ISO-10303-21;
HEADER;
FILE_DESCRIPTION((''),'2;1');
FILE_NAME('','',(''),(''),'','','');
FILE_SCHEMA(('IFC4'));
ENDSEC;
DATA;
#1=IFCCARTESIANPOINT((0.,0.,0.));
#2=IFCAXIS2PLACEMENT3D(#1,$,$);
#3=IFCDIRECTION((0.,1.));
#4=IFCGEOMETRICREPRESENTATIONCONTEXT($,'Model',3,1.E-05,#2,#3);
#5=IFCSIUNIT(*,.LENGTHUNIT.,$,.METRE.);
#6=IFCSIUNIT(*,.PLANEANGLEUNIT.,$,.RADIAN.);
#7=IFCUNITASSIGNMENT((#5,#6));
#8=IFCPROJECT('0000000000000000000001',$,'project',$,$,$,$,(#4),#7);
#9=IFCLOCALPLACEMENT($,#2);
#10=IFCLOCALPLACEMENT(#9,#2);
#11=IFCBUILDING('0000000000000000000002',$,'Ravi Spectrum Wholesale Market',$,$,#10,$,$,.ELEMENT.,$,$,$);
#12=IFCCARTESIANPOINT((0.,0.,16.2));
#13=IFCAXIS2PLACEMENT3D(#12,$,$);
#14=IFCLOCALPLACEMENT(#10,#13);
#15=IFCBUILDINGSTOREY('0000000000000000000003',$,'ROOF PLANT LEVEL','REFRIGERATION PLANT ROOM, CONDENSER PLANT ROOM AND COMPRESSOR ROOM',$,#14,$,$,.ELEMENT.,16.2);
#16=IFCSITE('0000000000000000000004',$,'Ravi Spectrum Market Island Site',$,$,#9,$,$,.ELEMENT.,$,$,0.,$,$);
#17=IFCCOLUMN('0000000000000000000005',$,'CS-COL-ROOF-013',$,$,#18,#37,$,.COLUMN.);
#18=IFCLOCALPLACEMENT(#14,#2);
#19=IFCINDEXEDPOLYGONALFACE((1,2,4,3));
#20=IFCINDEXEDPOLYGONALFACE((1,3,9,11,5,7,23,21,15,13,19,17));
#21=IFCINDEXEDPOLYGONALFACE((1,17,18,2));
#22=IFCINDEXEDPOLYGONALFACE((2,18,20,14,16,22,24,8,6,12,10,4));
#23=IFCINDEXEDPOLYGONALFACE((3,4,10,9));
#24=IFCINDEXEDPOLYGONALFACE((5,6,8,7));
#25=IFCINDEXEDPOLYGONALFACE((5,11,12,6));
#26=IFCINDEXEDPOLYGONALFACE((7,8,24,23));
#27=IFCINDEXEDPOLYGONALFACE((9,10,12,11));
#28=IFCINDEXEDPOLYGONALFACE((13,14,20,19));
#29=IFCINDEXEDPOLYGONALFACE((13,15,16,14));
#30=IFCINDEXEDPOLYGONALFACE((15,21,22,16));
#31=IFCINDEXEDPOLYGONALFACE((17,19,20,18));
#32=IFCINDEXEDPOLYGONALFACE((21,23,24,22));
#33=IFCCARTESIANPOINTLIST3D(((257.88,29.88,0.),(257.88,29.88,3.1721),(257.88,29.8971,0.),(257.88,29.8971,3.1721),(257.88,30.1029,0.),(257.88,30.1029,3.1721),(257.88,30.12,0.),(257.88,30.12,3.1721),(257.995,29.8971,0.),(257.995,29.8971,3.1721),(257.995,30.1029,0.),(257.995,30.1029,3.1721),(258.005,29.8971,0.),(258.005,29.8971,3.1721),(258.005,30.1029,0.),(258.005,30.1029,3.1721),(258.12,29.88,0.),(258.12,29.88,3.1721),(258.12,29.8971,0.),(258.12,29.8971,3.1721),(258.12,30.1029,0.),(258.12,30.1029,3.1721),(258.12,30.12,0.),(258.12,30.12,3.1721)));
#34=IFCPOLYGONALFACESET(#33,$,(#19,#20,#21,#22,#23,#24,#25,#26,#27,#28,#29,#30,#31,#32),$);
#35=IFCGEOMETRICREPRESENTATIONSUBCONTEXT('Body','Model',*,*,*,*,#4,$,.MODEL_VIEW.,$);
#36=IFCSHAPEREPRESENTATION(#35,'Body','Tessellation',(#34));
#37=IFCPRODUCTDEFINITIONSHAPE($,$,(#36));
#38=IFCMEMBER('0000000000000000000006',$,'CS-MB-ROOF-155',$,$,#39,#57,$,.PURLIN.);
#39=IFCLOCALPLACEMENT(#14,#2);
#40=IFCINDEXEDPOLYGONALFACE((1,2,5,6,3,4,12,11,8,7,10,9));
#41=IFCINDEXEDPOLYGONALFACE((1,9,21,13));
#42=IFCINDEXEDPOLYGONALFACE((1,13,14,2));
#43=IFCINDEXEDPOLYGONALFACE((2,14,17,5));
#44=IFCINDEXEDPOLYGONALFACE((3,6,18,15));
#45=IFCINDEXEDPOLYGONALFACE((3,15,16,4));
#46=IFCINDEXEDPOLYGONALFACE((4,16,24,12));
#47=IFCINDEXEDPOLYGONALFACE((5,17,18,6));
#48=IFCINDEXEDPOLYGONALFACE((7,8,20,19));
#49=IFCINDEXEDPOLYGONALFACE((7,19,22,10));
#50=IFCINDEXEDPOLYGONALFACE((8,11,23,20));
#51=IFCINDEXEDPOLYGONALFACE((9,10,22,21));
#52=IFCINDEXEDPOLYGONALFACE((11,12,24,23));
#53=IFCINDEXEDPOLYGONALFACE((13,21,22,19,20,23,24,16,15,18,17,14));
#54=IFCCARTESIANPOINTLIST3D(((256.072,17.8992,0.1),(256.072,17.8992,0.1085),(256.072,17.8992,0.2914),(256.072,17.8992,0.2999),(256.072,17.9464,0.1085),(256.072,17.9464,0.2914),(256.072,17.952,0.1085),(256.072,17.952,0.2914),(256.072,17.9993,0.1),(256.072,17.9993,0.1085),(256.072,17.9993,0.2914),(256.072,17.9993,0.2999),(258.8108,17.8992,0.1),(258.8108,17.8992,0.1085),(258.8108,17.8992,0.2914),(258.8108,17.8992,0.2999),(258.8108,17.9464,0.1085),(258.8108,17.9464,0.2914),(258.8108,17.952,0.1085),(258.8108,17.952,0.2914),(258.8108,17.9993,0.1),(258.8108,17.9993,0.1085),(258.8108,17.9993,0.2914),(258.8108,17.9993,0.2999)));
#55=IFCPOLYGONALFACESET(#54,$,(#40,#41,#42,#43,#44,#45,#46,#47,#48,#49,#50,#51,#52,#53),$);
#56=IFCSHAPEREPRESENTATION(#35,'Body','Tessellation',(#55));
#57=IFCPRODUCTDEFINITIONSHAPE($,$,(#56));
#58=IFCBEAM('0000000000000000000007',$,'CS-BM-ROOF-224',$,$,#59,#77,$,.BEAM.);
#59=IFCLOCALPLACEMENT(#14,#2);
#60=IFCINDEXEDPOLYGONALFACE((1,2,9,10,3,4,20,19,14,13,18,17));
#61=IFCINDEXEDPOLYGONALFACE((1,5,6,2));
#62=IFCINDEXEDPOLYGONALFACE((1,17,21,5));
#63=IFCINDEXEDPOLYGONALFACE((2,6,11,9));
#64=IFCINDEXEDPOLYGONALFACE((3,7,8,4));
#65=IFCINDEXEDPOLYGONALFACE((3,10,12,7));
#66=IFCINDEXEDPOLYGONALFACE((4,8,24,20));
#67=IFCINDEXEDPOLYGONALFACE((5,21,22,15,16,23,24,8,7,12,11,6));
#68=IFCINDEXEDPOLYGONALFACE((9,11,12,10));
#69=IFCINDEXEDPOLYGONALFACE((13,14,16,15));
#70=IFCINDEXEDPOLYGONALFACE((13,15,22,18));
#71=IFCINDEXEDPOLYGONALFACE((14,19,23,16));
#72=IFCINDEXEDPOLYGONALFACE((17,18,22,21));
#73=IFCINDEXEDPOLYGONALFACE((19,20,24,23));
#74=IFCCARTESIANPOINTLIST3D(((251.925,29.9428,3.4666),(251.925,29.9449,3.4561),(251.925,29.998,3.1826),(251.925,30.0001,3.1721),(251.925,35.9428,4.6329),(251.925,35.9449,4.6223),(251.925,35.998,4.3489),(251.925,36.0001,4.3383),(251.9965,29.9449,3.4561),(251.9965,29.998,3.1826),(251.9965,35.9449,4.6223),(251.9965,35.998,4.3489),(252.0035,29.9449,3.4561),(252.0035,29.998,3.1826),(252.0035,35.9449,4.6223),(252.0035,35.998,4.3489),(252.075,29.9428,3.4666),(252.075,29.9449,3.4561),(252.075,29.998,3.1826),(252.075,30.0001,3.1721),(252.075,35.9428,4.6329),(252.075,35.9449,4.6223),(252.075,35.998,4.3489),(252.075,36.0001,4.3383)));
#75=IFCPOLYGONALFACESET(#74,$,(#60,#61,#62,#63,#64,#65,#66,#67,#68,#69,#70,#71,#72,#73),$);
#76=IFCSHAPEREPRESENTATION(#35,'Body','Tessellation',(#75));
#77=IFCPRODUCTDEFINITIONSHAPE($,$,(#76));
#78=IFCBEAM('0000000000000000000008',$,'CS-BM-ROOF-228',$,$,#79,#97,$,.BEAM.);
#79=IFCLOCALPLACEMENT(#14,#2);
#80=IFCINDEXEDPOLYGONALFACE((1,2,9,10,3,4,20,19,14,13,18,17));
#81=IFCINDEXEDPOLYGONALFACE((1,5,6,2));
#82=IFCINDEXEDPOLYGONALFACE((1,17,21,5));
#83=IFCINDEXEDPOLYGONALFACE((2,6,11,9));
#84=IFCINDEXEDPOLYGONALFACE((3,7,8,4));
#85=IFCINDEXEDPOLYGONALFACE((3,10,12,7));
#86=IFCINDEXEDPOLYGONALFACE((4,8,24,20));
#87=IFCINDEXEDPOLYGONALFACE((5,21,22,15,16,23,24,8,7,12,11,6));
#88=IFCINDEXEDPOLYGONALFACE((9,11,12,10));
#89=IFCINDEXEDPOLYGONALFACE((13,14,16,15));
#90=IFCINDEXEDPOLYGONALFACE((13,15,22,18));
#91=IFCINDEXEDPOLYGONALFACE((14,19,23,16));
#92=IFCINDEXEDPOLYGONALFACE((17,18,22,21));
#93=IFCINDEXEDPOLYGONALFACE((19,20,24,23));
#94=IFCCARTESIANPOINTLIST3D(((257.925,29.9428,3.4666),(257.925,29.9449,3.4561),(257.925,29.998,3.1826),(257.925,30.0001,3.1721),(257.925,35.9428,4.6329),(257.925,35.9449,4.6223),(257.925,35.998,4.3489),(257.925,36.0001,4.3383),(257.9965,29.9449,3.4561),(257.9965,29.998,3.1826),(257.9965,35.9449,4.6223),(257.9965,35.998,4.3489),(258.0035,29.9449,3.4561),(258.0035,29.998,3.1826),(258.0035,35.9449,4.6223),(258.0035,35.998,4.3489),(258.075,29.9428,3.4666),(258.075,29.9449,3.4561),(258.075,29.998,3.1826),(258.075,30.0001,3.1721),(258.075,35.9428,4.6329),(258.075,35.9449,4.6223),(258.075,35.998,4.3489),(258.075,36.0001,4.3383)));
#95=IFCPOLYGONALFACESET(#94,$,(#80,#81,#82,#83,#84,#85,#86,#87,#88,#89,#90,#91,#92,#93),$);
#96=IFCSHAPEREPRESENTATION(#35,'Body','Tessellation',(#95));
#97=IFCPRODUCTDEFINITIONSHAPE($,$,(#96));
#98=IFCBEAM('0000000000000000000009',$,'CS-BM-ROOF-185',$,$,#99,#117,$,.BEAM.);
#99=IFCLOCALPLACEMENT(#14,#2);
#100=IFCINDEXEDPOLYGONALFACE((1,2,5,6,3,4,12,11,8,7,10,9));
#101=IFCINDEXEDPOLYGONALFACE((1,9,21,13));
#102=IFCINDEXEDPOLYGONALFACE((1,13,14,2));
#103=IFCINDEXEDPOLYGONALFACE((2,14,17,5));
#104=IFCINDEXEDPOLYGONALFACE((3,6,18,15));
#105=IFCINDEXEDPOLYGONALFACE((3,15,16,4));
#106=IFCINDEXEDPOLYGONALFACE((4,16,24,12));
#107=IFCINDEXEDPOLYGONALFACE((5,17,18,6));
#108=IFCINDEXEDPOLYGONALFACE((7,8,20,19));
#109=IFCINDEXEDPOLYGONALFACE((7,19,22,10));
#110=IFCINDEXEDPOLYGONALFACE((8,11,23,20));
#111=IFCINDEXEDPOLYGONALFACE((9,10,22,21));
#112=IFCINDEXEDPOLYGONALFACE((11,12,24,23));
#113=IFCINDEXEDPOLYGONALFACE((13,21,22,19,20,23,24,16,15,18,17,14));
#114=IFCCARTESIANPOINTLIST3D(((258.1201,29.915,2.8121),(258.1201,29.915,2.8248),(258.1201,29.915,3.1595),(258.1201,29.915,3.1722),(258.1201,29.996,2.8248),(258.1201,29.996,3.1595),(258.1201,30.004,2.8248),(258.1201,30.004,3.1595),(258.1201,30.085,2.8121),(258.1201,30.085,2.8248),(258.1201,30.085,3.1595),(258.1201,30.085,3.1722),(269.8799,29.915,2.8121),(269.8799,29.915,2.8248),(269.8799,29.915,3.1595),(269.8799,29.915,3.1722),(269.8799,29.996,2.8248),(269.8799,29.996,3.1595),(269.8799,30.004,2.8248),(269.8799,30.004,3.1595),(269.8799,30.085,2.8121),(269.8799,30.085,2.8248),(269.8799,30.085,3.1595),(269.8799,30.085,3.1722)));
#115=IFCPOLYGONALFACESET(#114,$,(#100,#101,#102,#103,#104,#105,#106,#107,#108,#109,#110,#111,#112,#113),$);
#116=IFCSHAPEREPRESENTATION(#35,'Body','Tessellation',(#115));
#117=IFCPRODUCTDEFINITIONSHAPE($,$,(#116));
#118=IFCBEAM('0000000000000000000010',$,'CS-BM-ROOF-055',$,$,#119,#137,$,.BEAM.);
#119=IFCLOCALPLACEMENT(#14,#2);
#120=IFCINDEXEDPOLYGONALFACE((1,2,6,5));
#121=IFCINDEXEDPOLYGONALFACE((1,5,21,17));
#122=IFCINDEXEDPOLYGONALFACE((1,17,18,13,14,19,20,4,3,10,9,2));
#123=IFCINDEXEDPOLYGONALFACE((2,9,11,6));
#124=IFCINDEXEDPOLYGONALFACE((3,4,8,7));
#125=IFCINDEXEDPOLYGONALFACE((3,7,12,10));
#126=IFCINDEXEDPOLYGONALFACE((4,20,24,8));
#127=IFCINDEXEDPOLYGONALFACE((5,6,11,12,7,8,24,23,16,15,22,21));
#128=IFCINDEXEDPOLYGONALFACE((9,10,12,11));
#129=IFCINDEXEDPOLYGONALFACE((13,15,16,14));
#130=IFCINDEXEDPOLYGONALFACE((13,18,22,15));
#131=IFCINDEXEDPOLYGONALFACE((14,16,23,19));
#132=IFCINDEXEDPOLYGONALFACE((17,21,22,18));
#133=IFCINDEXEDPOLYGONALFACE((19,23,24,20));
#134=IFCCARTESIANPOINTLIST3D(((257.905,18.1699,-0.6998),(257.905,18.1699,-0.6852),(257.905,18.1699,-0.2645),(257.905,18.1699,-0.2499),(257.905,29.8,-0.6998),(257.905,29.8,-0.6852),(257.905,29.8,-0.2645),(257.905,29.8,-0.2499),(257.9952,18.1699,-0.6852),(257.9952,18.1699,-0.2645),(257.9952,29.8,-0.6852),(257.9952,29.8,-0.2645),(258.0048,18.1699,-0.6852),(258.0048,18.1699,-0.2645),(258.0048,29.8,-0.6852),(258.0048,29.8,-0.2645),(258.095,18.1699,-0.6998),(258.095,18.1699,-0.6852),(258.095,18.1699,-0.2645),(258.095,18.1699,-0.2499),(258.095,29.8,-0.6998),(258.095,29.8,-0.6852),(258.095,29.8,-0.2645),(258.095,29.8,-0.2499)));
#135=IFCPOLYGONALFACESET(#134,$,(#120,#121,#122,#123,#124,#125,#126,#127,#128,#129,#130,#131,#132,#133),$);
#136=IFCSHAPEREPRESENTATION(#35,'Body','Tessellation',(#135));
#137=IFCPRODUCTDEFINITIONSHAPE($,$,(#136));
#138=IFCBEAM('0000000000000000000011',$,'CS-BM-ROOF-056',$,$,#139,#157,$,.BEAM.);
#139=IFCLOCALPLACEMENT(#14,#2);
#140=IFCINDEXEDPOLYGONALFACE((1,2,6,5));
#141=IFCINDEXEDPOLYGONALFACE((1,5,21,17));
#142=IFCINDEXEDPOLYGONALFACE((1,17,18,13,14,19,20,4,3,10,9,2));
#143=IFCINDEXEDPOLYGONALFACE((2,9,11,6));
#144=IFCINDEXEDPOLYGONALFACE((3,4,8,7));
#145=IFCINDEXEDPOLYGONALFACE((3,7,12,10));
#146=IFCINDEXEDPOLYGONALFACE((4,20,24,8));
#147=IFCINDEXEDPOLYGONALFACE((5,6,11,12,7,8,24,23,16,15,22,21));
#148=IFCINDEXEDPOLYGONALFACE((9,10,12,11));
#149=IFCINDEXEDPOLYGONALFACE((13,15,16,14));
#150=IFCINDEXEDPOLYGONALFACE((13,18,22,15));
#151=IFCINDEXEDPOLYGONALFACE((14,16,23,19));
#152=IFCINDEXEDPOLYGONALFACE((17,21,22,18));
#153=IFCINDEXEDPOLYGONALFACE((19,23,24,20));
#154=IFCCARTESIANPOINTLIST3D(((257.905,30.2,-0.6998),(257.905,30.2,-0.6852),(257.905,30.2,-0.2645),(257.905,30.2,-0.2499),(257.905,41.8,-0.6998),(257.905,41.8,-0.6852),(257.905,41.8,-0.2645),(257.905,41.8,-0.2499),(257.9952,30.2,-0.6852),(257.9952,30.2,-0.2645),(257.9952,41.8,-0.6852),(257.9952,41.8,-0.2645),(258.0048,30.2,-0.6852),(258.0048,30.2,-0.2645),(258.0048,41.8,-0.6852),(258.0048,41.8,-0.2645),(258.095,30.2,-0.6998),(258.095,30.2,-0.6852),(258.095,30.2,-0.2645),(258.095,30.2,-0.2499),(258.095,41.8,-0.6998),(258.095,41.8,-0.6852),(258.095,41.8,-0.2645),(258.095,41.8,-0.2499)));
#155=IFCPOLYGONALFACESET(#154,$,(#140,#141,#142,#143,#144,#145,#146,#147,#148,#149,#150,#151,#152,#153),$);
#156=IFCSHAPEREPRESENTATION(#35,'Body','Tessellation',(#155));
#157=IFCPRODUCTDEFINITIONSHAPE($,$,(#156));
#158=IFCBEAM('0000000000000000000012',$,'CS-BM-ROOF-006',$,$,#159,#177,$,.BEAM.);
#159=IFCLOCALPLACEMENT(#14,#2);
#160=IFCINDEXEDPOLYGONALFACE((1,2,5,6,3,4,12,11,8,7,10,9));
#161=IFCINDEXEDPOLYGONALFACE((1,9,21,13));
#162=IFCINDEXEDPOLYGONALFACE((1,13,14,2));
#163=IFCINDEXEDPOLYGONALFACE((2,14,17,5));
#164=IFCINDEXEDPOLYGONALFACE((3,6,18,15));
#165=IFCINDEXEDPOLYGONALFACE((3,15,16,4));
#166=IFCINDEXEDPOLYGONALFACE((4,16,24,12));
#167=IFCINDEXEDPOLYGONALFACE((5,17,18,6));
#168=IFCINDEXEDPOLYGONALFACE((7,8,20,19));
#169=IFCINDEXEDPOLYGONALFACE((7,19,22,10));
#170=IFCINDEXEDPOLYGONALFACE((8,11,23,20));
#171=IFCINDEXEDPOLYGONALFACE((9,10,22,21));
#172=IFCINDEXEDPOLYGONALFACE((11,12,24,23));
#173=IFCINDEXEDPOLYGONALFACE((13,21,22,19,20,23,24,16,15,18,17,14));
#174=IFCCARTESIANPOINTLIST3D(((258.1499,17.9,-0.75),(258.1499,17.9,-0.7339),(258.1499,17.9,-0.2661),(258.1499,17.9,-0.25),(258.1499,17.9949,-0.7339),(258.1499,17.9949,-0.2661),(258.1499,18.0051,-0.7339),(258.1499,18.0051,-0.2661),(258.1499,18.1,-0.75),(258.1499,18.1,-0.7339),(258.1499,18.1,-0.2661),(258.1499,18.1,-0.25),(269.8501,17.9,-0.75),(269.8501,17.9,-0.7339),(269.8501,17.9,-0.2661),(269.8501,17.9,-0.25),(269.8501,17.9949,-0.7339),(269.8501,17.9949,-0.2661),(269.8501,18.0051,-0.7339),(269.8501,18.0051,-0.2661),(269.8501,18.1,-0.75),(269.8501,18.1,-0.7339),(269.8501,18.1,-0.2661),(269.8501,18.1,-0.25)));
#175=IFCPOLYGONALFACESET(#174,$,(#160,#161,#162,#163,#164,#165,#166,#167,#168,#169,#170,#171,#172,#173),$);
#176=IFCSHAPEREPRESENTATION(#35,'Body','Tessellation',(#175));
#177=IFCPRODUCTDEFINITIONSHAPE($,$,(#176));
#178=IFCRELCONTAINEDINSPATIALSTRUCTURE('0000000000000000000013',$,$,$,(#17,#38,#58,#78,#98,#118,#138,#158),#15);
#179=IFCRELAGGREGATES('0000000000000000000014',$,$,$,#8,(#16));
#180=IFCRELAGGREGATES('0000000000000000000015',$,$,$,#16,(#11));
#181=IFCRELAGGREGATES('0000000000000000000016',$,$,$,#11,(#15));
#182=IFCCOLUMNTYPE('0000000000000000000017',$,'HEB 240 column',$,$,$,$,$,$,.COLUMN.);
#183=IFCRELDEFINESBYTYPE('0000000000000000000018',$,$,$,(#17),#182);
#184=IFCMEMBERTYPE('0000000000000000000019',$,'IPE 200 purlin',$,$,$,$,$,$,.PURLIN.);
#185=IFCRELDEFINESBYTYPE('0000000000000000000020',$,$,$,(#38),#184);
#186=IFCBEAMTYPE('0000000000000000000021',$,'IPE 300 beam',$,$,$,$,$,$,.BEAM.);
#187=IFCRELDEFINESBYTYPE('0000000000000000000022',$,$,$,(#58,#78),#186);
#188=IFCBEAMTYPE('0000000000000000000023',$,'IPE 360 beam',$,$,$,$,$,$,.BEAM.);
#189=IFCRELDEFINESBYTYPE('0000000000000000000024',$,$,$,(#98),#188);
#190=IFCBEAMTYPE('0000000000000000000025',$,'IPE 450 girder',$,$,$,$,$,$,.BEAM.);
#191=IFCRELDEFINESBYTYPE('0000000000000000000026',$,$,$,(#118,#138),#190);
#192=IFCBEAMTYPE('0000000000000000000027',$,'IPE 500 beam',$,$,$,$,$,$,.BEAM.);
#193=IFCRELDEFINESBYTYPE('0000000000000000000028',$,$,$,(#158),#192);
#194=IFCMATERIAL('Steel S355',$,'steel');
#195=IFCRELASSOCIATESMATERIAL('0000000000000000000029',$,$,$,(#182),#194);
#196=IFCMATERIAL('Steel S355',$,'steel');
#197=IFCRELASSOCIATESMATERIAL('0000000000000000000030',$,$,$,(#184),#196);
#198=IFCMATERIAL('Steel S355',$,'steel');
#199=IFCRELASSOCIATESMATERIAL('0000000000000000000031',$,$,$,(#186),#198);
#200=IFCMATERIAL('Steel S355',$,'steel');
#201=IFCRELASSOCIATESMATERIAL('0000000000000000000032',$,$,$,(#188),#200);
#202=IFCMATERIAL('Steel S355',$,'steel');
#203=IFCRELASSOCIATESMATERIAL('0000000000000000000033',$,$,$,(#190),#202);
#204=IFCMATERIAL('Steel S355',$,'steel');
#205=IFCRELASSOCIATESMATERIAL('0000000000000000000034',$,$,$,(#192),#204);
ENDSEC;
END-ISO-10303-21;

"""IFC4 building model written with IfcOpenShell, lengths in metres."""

from ifc_helpers import new_model, si_unit, direction, frame, origin, origin_2d, place, context, subcontext, project, spatial, i_section, extrude, material, material_profile, profile_set, type_object, element, save


model = new_model("IFC4")

# Units and contexts
model_context = context("Model", 3, precision=1e-05, world=origin(), true_north=direction((0.0, 1.0)))
body_context = subcontext(model_context, "Body", "Model", "MODEL_VIEW")
ifc_project = project(units=[si_unit("LENGTHUNIT", "METRE"), si_unit("PLANEANGLEUNIT", "RADIAN")], contexts=[model_context])

# Site, building, storey
site_placement = place(None, origin())
site = spatial("IfcSite", under=ifc_project, at=site_placement, Name="Ravi Spectrum Market Island Site", CompositionType="ELEMENT", RefElevation=0.0)
building_placement = place(site_placement, origin())
building = spatial("IfcBuilding", under=site, at=building_placement, Name="Ravi Spectrum Wholesale Market", CompositionType="ELEMENT")
storey_placement = place(building_placement, frame((0.0, 0.0, 16.2)))
storey = spatial("IfcBuildingStorey", under=building, at=storey_placement, Name="ROOF PLANT LEVEL", Description="REFRIGERATION PLANT ROOM, CONDENSER PLANT ROOM AND COMPRESSOR ROOM", CompositionType="ELEMENT", Elevation=16.2)

# Column
ifc_material_1 = material(Name="Steel S355", Category="steel")
ifc_material_profile_1 = material_profile(ifc_material_1, i_section(OverallWidth=0.24, OverallDepth=0.24, WebThickness=0.01, FlangeThickness=0.0171, at=origin_2d()))
ifc_profile_set_1 = profile_set([ifc_material_profile_1], Name="Steel S355")
column_type = type_object("IfcColumnType", Name="HEB 240 column", PredefinedType="COLUMN", material=ifc_profile_set_1)
column_placement = place(storey_placement, frame((258.0, 30.0, 0.0), z_axis=(0.0, 0.0, 1.0), x_axis=(1.0, 0.0, 0.0)))
element("IfcColumn", 1, at=column_placement, inside=storey, type_object=column_type, Name="CS-COL-ROOF-013", PredefinedType="COLUMN", context=body_context, shape_type="SweptSolid", body=[
    extrude(i_section(OverallWidth=0.24, OverallDepth=0.24, WebThickness=0.01, FlangeThickness=0.0171, at=origin_2d()), origin(), (0.0, 0.0, 1.0), 3.1721),
])

# Member
ifc_material_2 = material(Name="Steel S355", Category="steel")
ifc_material_profile_2 = material_profile(ifc_material_2, i_section(OverallWidth=0.1001, OverallDepth=0.2, WebThickness=0.0056, FlangeThickness=0.0085, at=origin_2d()))
ifc_profile_set_2 = profile_set([ifc_material_profile_2], Name="Steel S355")
member_type = type_object("IfcMemberType", Name="IPE 200 purlin", PredefinedType="PURLIN", material=ifc_profile_set_2)
member_placement = place(storey_placement, frame((256.072, 17.9492, 0.2), z_axis=(1.0, 0.0, 0.0), x_axis=(0.0, 1.0, 0.0)))
element("IfcMember", 2, at=member_placement, inside=storey, type_object=member_type, Name="CS-MB-ROOF-155", PredefinedType="PURLIN", context=body_context, shape_type="SweptSolid", body=[
    extrude(i_section(OverallWidth=0.1001, OverallDepth=0.2, WebThickness=0.0056, FlangeThickness=0.0085, at=origin_2d()), origin(), (0.0, 0.0, 1.0), 2.7388),
])

# Beams
ifc_material_3 = material(Name="Steel S355", Category="steel")
ifc_material_profile_3 = material_profile(ifc_material_3, i_section(OverallWidth=0.1499, OverallDepth=0.3, WebThickness=0.0071, FlangeThickness=0.0107, at=origin_2d()))
ifc_profile_set_3 = profile_set([ifc_material_profile_3], Name="Steel S355")
beam_type_1 = type_object("IfcBeamType", Name="IPE 300 beam", PredefinedType="BEAM", material=ifc_profile_set_3)
for number, where, z_axis, x_axis, name in (
    (3, (252.0, 29.9714, 3.3193), (0.0, 0.981628, 0.190806), (-1.0, 0.0, 0.0), "CS-BM-ROOF-224"),
    (4, (258.0, 29.9714, 3.3193), (0.0, 0.981628, 0.190806), (-1.0, 0.0, 0.0), "CS-BM-ROOF-228"),
):
    element("IfcBeam", number, at=place(storey_placement, frame(where, z_axis=z_axis, x_axis=x_axis)), inside=storey, type_object=beam_type_1, Name=name, PredefinedType="BEAM", context=body_context, shape_type="SweptSolid", body=[
        extrude(i_section(OverallWidth=0.1499, OverallDepth=0.3, WebThickness=0.0071, FlangeThickness=0.0107, at=origin_2d()), origin(), (0.0, 0.0, 1.0), 6.1123),
    ])
ifc_material_4 = material(Name="Steel S355", Category="steel")
ifc_material_profile_4 = material_profile(ifc_material_4, i_section(OverallWidth=0.1699, OverallDepth=0.3601, WebThickness=0.0081, FlangeThickness=0.0127, at=origin_2d()))
ifc_profile_set_4 = profile_set([ifc_material_profile_4], Name="Steel S355")
beam_type_2 = type_object("IfcBeamType", Name="IPE 360 beam", PredefinedType="BEAM", material=ifc_profile_set_4)
beam_1_placement = place(storey_placement, frame((258.1201, 30.0, 2.9922), z_axis=(1.0, 0.0, 0.0), x_axis=(0.0, 1.0, 0.0)))
element("IfcBeam", 5, at=beam_1_placement, inside=storey, type_object=beam_type_2, Name="CS-BM-ROOF-185", PredefinedType="BEAM", context=body_context, shape_type="SweptSolid", body=[
    extrude(i_section(OverallWidth=0.1699, OverallDepth=0.3601, WebThickness=0.0081, FlangeThickness=0.0127, at=origin_2d()), origin(), (0.0, 0.0, 1.0), 11.7598),
])
ifc_material_5 = material(Name="Steel S355", Category="steel")
ifc_material_profile_5 = material_profile(ifc_material_5, i_section(OverallWidth=0.1899, OverallDepth=0.45, WebThickness=0.0095, FlangeThickness=0.0146, at=origin_2d()))
ifc_profile_set_5 = profile_set([ifc_material_profile_5], Name="Steel S355")
beam_type_3 = type_object("IfcBeamType", Name="IPE 450 girder", PredefinedType="BEAM", material=ifc_profile_set_5)
beam_2_placement = place(storey_placement, frame((258.0, 18.1699, -0.4749), z_axis=(0.0, 1.0, 0.0), x_axis=(-1.0, 0.0, 0.0)))
element("IfcBeam", 6, at=beam_2_placement, inside=storey, type_object=beam_type_3, Name="CS-BM-ROOF-055", PredefinedType="BEAM", context=body_context, shape_type="SweptSolid", body=[
    extrude(i_section(OverallWidth=0.1899, OverallDepth=0.45, WebThickness=0.0095, FlangeThickness=0.0146, at=origin_2d()), origin(), (0.0, 0.0, 1.0), 11.6301),
])
beam_3_placement = place(storey_placement, frame((258.0, 30.2, -0.4749), z_axis=(0.0, 1.0, 0.0), x_axis=(-1.0, 0.0, 0.0)))
element("IfcBeam", 7, at=beam_3_placement, inside=storey, type_object=beam_type_3, Name="CS-BM-ROOF-056", PredefinedType="BEAM", context=body_context, shape_type="SweptSolid", body=[
    extrude(i_section(OverallWidth=0.1899, OverallDepth=0.45, WebThickness=0.0095, FlangeThickness=0.0146, at=origin_2d()), origin(), (0.0, 0.0, 1.0), 11.6001),
])
ifc_material_6 = material(Name="Steel S355", Category="steel")
ifc_material_profile_6 = material_profile(ifc_material_6, i_section(OverallWidth=0.2, OverallDepth=0.5, WebThickness=0.0103, FlangeThickness=0.0161, at=origin_2d()))
ifc_profile_set_6 = profile_set([ifc_material_profile_6], Name="Steel S355")
beam_type_4 = type_object("IfcBeamType", Name="IPE 500 beam", PredefinedType="BEAM", material=ifc_profile_set_6)
for number, where, z_axis, x_axis, name in (
    (8, (258.1499, 18.0, -0.5), (1.0, 0.0, 0.0), (0.0, 1.0, 0.0), "CS-BM-ROOF-006"),
):
    element("IfcBeam", number, at=place(storey_placement, frame(where, z_axis=z_axis, x_axis=x_axis)), inside=storey, type_object=beam_type_4, Name=name, PredefinedType="BEAM", context=body_context, shape_type="SweptSolid", body=[
        extrude(i_section(OverallWidth=0.2, OverallDepth=0.5, WebThickness=0.0103, FlangeThickness=0.0161, at=origin_2d()), origin(), (0.0, 0.0, 1.0), 11.7002),
    ])

save(model, "model.ifc")
